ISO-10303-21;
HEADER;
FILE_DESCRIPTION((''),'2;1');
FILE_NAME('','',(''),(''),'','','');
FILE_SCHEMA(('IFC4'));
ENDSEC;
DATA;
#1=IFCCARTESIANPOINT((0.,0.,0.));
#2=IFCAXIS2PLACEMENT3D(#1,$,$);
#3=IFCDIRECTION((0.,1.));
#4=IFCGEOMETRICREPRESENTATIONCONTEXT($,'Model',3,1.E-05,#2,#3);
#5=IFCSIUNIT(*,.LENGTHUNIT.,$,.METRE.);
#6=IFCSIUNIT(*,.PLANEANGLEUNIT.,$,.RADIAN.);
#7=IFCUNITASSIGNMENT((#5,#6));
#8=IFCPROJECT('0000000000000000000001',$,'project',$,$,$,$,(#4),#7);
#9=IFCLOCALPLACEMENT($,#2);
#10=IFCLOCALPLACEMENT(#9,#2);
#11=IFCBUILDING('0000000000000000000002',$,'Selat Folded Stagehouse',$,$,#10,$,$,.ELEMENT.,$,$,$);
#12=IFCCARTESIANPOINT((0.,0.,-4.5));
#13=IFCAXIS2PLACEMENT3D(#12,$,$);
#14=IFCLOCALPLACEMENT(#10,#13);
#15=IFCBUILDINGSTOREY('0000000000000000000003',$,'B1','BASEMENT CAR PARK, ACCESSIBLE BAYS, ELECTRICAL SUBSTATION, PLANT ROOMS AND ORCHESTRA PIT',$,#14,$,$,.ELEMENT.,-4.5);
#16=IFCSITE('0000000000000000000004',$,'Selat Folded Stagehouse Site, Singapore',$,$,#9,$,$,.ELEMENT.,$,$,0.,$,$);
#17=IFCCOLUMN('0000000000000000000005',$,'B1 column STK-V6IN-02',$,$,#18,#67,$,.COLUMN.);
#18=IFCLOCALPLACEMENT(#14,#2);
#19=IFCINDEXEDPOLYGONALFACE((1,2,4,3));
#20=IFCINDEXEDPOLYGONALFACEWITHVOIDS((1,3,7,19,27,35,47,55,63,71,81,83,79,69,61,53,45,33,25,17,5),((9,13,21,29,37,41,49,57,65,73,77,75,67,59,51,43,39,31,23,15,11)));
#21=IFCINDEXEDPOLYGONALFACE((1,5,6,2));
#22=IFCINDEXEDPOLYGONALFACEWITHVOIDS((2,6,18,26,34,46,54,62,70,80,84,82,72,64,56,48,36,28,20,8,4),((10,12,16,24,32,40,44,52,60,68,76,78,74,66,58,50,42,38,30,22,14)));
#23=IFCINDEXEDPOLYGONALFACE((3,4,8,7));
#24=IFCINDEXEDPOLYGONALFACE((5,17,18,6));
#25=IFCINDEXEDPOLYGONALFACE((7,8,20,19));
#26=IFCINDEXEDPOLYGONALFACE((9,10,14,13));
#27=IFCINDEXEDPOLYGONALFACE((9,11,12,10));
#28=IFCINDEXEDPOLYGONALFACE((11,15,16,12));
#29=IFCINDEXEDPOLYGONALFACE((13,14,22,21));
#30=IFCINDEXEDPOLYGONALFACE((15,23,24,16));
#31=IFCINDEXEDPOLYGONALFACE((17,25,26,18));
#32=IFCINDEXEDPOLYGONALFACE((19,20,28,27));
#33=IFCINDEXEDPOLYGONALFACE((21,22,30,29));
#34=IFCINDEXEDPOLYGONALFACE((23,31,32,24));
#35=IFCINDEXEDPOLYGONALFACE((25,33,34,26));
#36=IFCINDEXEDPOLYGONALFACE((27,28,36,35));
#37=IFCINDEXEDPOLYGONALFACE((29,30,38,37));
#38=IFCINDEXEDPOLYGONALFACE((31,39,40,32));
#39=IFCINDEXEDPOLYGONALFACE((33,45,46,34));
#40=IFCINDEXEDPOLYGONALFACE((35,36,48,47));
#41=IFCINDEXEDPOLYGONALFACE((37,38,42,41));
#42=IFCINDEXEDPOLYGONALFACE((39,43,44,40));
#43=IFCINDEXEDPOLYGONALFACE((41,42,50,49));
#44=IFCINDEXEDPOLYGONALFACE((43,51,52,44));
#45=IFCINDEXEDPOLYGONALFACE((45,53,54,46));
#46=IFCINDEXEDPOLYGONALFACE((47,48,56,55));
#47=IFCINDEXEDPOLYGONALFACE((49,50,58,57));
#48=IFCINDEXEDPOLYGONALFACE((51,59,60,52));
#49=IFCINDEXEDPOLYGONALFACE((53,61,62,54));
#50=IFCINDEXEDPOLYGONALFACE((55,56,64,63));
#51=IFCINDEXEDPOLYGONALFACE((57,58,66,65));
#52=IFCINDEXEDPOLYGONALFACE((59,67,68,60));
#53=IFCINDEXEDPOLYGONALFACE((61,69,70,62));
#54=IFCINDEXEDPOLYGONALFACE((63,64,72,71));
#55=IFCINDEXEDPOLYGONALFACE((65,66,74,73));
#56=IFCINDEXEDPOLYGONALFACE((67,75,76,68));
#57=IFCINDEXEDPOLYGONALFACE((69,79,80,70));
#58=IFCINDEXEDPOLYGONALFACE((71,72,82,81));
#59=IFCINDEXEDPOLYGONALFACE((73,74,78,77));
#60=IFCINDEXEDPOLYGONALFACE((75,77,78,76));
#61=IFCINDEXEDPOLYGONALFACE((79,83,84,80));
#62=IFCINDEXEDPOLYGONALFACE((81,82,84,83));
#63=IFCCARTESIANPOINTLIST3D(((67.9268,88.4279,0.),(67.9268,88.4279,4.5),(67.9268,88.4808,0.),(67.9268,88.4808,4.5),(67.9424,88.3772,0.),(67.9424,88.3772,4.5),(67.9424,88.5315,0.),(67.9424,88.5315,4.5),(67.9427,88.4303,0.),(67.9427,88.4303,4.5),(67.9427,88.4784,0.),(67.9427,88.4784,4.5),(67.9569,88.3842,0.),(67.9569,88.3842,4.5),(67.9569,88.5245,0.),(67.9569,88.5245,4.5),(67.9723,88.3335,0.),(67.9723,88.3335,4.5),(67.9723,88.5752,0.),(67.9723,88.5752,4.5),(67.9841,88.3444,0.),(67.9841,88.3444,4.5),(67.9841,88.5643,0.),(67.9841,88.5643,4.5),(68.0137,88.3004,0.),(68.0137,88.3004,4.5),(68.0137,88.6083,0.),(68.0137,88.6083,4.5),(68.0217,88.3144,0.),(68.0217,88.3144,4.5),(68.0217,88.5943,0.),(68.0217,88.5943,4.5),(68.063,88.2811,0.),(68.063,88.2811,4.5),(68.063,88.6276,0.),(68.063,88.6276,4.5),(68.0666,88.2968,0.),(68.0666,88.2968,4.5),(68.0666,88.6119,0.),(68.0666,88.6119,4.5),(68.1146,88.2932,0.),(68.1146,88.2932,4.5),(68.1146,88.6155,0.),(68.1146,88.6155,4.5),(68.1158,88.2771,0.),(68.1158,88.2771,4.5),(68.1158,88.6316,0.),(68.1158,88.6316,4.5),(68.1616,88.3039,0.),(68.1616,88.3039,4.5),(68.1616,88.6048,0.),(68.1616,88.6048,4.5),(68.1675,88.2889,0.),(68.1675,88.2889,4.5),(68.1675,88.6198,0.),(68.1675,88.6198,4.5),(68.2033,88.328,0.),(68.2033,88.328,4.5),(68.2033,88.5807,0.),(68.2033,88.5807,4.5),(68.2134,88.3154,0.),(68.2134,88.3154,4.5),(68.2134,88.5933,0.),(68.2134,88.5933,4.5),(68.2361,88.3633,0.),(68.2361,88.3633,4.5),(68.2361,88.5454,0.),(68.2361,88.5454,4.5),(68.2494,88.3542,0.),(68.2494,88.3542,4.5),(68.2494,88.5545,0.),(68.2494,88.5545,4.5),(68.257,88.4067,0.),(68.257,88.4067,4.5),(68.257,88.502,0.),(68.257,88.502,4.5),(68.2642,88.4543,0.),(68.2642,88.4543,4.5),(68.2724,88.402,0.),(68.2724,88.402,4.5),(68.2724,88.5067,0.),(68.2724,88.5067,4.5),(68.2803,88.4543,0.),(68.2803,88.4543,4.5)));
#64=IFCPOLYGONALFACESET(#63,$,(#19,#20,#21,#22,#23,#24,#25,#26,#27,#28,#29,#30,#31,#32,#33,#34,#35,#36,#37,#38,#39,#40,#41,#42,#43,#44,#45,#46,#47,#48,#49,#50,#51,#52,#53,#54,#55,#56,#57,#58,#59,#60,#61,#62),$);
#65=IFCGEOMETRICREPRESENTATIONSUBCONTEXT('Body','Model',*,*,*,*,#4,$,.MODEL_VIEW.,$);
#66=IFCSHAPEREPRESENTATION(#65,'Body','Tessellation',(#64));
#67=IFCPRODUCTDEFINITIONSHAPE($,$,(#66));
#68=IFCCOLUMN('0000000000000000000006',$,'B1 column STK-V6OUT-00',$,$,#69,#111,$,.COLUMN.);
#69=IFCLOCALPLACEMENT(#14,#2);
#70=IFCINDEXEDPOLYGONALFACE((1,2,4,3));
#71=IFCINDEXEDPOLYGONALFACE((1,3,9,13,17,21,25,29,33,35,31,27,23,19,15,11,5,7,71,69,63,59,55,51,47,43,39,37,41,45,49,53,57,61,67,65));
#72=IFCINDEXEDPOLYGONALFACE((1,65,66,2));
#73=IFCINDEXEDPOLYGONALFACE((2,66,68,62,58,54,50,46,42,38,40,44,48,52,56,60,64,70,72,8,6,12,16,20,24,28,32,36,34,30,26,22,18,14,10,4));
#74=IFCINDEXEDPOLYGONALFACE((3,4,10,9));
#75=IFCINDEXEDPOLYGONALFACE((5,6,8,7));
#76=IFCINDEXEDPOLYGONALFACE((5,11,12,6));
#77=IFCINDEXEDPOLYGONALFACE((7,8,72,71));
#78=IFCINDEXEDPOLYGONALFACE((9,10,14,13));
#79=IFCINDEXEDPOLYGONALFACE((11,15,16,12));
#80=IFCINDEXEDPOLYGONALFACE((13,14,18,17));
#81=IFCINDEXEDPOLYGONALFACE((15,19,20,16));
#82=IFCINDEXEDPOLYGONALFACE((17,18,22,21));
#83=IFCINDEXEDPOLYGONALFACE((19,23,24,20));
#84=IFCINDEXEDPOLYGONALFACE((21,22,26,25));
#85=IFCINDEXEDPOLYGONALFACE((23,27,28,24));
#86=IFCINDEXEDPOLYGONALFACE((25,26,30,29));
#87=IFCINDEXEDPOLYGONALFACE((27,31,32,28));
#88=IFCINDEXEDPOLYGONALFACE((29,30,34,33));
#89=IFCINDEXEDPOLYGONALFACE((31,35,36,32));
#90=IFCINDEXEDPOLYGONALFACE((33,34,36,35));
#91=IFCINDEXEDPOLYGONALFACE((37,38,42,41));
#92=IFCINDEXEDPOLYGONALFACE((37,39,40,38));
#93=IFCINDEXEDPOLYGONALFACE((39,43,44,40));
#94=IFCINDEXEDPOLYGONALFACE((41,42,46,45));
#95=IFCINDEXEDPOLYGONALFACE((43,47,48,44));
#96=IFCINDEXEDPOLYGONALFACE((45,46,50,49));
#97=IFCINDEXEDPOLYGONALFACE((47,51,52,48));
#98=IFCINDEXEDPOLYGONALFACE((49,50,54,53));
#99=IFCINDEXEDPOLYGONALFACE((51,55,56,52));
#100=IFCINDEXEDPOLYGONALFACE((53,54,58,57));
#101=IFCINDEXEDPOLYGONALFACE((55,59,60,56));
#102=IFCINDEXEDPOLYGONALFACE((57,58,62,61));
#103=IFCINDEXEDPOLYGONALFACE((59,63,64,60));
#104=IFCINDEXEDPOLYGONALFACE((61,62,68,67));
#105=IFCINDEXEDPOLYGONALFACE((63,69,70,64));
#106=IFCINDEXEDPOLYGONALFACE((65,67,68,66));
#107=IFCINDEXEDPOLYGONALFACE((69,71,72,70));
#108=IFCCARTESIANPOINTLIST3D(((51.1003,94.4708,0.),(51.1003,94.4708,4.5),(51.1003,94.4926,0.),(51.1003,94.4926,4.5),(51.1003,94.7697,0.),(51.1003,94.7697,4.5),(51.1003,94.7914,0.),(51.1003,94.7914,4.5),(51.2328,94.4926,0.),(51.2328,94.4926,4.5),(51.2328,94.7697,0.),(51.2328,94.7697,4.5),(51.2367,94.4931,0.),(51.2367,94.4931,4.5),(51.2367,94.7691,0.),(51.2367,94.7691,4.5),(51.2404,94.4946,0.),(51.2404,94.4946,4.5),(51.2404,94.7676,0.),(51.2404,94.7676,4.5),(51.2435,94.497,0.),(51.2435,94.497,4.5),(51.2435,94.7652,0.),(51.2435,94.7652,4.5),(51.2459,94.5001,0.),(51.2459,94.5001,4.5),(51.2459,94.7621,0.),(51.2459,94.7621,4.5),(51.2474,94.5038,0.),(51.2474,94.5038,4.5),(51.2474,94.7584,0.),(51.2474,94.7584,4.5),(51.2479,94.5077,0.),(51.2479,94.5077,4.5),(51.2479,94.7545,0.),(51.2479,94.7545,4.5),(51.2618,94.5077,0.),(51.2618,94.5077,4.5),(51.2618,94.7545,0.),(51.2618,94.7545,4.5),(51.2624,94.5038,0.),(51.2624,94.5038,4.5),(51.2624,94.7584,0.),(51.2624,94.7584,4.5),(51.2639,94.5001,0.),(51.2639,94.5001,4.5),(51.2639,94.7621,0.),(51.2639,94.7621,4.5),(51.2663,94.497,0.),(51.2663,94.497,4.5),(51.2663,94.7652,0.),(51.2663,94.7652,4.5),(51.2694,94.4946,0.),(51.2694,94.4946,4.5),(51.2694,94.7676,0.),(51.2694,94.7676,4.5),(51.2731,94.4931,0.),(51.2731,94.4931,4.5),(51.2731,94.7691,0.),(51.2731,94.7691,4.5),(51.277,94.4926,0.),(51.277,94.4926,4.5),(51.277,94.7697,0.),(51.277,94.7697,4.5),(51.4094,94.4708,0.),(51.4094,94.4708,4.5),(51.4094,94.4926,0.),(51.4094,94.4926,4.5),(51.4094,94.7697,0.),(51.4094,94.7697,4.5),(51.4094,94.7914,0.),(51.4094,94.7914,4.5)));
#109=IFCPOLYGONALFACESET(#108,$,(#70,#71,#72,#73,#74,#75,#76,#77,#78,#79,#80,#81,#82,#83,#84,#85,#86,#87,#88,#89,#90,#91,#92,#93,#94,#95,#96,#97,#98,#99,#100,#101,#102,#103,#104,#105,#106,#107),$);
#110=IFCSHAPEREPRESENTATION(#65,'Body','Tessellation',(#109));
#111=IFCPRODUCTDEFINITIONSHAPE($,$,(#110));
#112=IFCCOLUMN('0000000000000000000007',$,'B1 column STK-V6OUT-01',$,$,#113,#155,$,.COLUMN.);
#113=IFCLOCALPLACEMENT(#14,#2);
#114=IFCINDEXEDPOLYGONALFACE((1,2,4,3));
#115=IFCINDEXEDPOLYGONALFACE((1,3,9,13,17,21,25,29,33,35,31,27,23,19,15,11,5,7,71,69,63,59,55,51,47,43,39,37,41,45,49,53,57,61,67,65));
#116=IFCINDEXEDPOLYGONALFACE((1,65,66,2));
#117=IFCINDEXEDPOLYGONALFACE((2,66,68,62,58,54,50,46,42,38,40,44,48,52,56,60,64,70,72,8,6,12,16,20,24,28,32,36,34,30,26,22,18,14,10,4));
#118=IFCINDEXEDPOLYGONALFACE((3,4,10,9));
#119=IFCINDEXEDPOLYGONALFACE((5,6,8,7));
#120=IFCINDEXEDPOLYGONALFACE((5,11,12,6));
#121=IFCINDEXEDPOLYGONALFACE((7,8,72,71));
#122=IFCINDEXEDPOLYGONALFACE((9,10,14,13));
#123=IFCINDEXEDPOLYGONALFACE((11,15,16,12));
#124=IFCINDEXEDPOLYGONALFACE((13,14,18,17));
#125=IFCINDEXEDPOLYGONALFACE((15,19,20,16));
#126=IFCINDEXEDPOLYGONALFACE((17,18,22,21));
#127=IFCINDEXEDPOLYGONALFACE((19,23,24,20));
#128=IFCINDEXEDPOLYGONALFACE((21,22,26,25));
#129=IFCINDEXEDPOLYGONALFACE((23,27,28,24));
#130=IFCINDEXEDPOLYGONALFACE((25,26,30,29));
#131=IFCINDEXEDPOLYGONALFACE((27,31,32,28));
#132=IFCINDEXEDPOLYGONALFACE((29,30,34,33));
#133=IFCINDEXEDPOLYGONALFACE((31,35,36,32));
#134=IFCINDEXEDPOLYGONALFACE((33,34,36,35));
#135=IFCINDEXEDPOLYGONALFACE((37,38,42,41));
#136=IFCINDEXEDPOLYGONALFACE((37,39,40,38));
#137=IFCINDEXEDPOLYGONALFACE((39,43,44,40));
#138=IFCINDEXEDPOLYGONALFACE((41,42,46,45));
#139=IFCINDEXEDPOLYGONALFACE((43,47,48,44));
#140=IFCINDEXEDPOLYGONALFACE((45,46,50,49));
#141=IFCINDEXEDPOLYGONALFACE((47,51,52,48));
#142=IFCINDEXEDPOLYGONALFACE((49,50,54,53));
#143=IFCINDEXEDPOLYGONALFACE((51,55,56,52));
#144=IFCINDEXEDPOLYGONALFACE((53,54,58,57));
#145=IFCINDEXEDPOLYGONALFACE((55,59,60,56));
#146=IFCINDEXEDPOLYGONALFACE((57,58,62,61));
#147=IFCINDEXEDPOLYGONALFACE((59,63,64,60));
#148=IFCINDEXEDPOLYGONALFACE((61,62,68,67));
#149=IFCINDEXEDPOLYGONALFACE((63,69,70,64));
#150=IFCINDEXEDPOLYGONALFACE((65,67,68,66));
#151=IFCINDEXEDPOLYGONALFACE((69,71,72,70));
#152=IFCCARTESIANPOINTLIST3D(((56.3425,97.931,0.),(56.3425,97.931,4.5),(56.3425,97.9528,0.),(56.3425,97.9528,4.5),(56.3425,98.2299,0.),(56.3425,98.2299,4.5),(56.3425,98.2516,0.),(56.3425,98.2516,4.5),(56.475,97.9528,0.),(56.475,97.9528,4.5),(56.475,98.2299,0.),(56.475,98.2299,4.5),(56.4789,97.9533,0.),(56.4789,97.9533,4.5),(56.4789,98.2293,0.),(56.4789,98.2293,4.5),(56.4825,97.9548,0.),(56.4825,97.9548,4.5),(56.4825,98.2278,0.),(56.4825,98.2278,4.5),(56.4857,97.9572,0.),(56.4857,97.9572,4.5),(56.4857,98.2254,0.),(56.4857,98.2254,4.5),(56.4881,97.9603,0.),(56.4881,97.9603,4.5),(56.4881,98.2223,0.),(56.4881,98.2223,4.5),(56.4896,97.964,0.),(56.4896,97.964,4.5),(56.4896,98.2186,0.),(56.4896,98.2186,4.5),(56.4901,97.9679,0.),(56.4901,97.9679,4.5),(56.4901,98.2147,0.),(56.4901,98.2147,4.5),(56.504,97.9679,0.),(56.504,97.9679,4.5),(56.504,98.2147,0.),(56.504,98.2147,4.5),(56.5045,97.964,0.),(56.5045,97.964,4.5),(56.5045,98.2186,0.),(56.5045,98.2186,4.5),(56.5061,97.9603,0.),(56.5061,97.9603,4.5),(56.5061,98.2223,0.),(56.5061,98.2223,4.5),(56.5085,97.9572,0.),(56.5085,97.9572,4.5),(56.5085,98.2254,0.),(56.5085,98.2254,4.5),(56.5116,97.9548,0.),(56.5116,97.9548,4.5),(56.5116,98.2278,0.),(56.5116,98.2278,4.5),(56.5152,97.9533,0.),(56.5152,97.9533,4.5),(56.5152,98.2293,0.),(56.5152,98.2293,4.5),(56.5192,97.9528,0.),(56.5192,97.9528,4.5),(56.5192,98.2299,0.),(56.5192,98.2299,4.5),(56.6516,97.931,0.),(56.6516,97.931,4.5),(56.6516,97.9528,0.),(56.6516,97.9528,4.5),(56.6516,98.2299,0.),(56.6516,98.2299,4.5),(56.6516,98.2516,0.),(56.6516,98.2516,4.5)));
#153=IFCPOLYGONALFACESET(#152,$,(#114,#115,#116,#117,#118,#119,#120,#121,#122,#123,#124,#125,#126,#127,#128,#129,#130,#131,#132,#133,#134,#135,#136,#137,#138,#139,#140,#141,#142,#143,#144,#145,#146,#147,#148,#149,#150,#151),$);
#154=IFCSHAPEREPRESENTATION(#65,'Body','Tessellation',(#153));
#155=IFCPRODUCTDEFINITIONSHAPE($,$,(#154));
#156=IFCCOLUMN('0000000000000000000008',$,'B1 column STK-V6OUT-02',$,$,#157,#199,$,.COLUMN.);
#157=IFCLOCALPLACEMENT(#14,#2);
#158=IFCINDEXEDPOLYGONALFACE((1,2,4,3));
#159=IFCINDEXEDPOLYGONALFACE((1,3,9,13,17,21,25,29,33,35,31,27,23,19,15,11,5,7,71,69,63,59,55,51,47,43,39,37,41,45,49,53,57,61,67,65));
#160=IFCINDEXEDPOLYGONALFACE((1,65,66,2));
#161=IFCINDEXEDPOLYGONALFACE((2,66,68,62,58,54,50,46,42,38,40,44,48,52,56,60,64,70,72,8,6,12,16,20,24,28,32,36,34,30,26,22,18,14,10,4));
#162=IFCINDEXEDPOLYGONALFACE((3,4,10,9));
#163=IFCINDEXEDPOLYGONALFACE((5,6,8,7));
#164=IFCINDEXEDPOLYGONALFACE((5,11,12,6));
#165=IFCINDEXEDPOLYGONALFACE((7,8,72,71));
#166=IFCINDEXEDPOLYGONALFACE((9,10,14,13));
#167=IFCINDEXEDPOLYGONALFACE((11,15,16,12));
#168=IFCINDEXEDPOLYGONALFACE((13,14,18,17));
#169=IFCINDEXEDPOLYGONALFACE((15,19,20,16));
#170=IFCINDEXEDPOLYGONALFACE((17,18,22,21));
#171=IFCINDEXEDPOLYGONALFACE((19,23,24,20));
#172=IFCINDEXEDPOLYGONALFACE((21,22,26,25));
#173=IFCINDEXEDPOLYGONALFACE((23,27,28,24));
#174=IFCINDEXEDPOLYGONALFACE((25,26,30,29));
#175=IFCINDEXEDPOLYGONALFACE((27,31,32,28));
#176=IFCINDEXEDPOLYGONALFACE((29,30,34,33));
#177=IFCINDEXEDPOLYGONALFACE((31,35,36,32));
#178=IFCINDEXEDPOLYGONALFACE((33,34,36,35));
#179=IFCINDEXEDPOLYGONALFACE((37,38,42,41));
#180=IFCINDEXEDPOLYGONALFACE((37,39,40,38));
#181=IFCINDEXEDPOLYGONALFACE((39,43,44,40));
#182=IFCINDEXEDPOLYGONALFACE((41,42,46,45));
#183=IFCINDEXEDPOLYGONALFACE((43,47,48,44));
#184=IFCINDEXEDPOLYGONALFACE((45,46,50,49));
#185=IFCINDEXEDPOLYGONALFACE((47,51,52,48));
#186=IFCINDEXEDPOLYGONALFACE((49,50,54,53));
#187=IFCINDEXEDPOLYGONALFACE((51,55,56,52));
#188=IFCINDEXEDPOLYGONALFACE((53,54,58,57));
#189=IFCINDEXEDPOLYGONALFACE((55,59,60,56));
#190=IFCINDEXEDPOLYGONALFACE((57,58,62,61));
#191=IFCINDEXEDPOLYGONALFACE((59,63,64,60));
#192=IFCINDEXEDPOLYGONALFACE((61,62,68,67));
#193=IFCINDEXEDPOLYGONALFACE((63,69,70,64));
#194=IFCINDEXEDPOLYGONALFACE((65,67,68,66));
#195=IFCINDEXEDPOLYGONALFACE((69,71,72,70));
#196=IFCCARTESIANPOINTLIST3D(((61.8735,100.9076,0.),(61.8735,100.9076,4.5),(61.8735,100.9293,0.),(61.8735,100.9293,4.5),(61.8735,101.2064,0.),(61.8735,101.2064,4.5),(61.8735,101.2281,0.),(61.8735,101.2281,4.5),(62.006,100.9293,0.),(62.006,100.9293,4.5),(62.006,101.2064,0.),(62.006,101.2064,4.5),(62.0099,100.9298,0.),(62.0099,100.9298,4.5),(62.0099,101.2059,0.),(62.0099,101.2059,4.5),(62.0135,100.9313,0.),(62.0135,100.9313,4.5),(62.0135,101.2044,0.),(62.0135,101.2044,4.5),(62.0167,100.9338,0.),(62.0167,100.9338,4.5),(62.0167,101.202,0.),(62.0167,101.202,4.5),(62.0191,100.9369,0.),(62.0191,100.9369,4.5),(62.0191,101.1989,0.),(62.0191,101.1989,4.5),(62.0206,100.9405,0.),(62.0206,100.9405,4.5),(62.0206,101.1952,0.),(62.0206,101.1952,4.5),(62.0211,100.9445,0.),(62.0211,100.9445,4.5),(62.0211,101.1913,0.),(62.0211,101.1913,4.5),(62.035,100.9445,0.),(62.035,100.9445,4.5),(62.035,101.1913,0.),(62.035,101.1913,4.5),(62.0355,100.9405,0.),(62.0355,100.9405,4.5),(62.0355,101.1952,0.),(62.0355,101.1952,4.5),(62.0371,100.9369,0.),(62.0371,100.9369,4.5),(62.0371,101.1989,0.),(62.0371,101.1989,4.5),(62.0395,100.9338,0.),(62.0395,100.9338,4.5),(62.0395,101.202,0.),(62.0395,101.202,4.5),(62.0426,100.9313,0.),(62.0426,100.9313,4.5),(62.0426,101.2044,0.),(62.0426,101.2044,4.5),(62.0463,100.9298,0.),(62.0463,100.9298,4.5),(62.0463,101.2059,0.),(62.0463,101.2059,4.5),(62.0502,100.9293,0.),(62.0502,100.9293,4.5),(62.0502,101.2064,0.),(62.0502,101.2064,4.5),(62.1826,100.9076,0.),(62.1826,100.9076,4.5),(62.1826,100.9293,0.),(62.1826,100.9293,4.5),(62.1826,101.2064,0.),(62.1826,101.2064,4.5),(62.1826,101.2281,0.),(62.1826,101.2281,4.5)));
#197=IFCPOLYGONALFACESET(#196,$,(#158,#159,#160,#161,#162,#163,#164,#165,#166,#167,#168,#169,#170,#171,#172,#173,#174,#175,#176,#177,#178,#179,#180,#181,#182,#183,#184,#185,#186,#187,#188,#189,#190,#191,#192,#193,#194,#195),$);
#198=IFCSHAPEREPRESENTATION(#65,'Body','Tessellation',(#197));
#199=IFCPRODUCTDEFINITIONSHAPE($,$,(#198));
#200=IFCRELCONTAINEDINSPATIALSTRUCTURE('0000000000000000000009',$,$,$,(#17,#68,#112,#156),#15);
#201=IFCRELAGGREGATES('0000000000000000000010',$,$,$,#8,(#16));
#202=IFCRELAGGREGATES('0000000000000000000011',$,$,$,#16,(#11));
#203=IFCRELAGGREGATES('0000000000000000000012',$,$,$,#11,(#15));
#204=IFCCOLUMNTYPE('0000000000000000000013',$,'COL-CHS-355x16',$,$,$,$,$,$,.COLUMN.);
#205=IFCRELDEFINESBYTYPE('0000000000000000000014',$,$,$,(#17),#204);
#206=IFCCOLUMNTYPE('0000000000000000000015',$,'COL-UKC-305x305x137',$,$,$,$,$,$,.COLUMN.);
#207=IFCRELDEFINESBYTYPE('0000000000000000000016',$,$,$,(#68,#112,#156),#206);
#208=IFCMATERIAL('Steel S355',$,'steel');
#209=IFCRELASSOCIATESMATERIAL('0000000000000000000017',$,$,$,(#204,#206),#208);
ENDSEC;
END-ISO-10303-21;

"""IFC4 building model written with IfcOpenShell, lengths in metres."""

from ifc_helpers import new_model, si_unit, direction, frame, origin, origin_2d, place, context, subcontext, project, spatial, hollow_circle, i_section, extrude, material, material_profile, profile_set, type_object, element, save


model = new_model("IFC4")

# Units and contexts
model_context = context("Model", 3, precision=1e-05, world=origin(), true_north=direction((0.0, 1.0)))
body_context = subcontext(model_context, "Body", "Model", "MODEL_VIEW")
ifc_project = project(units=[si_unit("LENGTHUNIT", "METRE"), si_unit("PLANEANGLEUNIT", "RADIAN")], contexts=[model_context])

# Site, building, storey
site_placement = place(None, origin())
site = spatial("IfcSite", under=ifc_project, at=site_placement, Name="Selat Folded Stagehouse Site, Singapore", CompositionType="ELEMENT", RefElevation=0.0)
building_placement = place(site_placement, origin())
building = spatial("IfcBuilding", under=site, at=building_placement, Name="Selat Folded Stagehouse", CompositionType="ELEMENT")
storey_placement = place(building_placement, frame((0.0, 0.0, -4.5)))
storey = spatial("IfcBuildingStorey", under=building, at=storey_placement, Name="B1", Description="BASEMENT CAR PARK, ACCESSIBLE BAYS, ELECTRICAL SUBSTATION, PLANT ROOMS AND ORCHESTRA PIT", CompositionType="ELEMENT", Elevation=-4.5)

# Columns
ifc_material_1 = material(Name="Steel S355", Category="steel")
ifc_material_profile_1 = material_profile(ifc_material_1, hollow_circle(Radius=0.1777, WallThickness=0.0161, at=origin_2d()), Name="CHS 355.6x16.0")
ifc_profile_set_1 = profile_set([ifc_material_profile_1], Name="Steel S355")
column_type_1 = type_object("IfcColumnType", Name="COL-CHS-355x16", PredefinedType="COLUMN", material=ifc_profile_set_1)
column_placement = place(storey_placement, frame((68.1025, 88.4543, 0.0), z_axis=(0.0, 0.0, 1.0), x_axis=(1.0, 0.0, 0.0)))
element("IfcColumn", 1, at=column_placement, inside=storey, type_object=column_type_1, Name="B1 column STK-V6IN-02", PredefinedType="COLUMN", context=body_context, shape_type="SweptSolid", body=[
    extrude(hollow_circle(Radius=0.1777, WallThickness=0.0161, at=origin_2d()), origin(), (0.0, 0.0, 1.0), 4.5),
])
ifc_material_profile_2 = material_profile(ifc_material_1, i_section(OverallWidth=0.3091, OverallDepth=0.3206, WebThickness=0.0139, FlangeThickness=0.0217, FilletRadius=0.0151, at=origin_2d()), Name="UKC 305x305x137")
ifc_profile_set_2 = profile_set([ifc_material_profile_2], Name="Steel S355")
column_type_2 = type_object("IfcColumnType", Name="COL-UKC-305x305x137", PredefinedType="COLUMN", material=ifc_profile_set_2)
for number, where, z_axis, x_axis, name in (
    (2, (51.2549, 94.6311, 0.0), (0.0, 0.0, 1.0), (1.0, 0.0, 0.0), "B1 column STK-V6OUT-00"),
    (3, (56.4971, 98.0913, 0.0), (0.0, 0.0, 1.0), (1.0, 0.0, 0.0), "B1 column STK-V6OUT-01"),
    (4, (62.0281, 101.0679, 0.0), (0.0, 0.0, 1.0), (1.0, 0.0, 0.0), "B1 column STK-V6OUT-02"),
):
    element("IfcColumn", number, at=place(storey_placement, frame(where, z_axis=z_axis, x_axis=x_axis)), inside=storey, type_object=column_type_2, Name=name, PredefinedType="COLUMN", context=body_context, shape_type="SweptSolid", body=[
        extrude(i_section(OverallWidth=0.3091, OverallDepth=0.3206, WebThickness=0.0139, FlangeThickness=0.0217, FilletRadius=0.0151, at=origin_2d()), origin(), (0.0, 0.0, 1.0), 4.5),
    ])

save(model, "model.ifc")
